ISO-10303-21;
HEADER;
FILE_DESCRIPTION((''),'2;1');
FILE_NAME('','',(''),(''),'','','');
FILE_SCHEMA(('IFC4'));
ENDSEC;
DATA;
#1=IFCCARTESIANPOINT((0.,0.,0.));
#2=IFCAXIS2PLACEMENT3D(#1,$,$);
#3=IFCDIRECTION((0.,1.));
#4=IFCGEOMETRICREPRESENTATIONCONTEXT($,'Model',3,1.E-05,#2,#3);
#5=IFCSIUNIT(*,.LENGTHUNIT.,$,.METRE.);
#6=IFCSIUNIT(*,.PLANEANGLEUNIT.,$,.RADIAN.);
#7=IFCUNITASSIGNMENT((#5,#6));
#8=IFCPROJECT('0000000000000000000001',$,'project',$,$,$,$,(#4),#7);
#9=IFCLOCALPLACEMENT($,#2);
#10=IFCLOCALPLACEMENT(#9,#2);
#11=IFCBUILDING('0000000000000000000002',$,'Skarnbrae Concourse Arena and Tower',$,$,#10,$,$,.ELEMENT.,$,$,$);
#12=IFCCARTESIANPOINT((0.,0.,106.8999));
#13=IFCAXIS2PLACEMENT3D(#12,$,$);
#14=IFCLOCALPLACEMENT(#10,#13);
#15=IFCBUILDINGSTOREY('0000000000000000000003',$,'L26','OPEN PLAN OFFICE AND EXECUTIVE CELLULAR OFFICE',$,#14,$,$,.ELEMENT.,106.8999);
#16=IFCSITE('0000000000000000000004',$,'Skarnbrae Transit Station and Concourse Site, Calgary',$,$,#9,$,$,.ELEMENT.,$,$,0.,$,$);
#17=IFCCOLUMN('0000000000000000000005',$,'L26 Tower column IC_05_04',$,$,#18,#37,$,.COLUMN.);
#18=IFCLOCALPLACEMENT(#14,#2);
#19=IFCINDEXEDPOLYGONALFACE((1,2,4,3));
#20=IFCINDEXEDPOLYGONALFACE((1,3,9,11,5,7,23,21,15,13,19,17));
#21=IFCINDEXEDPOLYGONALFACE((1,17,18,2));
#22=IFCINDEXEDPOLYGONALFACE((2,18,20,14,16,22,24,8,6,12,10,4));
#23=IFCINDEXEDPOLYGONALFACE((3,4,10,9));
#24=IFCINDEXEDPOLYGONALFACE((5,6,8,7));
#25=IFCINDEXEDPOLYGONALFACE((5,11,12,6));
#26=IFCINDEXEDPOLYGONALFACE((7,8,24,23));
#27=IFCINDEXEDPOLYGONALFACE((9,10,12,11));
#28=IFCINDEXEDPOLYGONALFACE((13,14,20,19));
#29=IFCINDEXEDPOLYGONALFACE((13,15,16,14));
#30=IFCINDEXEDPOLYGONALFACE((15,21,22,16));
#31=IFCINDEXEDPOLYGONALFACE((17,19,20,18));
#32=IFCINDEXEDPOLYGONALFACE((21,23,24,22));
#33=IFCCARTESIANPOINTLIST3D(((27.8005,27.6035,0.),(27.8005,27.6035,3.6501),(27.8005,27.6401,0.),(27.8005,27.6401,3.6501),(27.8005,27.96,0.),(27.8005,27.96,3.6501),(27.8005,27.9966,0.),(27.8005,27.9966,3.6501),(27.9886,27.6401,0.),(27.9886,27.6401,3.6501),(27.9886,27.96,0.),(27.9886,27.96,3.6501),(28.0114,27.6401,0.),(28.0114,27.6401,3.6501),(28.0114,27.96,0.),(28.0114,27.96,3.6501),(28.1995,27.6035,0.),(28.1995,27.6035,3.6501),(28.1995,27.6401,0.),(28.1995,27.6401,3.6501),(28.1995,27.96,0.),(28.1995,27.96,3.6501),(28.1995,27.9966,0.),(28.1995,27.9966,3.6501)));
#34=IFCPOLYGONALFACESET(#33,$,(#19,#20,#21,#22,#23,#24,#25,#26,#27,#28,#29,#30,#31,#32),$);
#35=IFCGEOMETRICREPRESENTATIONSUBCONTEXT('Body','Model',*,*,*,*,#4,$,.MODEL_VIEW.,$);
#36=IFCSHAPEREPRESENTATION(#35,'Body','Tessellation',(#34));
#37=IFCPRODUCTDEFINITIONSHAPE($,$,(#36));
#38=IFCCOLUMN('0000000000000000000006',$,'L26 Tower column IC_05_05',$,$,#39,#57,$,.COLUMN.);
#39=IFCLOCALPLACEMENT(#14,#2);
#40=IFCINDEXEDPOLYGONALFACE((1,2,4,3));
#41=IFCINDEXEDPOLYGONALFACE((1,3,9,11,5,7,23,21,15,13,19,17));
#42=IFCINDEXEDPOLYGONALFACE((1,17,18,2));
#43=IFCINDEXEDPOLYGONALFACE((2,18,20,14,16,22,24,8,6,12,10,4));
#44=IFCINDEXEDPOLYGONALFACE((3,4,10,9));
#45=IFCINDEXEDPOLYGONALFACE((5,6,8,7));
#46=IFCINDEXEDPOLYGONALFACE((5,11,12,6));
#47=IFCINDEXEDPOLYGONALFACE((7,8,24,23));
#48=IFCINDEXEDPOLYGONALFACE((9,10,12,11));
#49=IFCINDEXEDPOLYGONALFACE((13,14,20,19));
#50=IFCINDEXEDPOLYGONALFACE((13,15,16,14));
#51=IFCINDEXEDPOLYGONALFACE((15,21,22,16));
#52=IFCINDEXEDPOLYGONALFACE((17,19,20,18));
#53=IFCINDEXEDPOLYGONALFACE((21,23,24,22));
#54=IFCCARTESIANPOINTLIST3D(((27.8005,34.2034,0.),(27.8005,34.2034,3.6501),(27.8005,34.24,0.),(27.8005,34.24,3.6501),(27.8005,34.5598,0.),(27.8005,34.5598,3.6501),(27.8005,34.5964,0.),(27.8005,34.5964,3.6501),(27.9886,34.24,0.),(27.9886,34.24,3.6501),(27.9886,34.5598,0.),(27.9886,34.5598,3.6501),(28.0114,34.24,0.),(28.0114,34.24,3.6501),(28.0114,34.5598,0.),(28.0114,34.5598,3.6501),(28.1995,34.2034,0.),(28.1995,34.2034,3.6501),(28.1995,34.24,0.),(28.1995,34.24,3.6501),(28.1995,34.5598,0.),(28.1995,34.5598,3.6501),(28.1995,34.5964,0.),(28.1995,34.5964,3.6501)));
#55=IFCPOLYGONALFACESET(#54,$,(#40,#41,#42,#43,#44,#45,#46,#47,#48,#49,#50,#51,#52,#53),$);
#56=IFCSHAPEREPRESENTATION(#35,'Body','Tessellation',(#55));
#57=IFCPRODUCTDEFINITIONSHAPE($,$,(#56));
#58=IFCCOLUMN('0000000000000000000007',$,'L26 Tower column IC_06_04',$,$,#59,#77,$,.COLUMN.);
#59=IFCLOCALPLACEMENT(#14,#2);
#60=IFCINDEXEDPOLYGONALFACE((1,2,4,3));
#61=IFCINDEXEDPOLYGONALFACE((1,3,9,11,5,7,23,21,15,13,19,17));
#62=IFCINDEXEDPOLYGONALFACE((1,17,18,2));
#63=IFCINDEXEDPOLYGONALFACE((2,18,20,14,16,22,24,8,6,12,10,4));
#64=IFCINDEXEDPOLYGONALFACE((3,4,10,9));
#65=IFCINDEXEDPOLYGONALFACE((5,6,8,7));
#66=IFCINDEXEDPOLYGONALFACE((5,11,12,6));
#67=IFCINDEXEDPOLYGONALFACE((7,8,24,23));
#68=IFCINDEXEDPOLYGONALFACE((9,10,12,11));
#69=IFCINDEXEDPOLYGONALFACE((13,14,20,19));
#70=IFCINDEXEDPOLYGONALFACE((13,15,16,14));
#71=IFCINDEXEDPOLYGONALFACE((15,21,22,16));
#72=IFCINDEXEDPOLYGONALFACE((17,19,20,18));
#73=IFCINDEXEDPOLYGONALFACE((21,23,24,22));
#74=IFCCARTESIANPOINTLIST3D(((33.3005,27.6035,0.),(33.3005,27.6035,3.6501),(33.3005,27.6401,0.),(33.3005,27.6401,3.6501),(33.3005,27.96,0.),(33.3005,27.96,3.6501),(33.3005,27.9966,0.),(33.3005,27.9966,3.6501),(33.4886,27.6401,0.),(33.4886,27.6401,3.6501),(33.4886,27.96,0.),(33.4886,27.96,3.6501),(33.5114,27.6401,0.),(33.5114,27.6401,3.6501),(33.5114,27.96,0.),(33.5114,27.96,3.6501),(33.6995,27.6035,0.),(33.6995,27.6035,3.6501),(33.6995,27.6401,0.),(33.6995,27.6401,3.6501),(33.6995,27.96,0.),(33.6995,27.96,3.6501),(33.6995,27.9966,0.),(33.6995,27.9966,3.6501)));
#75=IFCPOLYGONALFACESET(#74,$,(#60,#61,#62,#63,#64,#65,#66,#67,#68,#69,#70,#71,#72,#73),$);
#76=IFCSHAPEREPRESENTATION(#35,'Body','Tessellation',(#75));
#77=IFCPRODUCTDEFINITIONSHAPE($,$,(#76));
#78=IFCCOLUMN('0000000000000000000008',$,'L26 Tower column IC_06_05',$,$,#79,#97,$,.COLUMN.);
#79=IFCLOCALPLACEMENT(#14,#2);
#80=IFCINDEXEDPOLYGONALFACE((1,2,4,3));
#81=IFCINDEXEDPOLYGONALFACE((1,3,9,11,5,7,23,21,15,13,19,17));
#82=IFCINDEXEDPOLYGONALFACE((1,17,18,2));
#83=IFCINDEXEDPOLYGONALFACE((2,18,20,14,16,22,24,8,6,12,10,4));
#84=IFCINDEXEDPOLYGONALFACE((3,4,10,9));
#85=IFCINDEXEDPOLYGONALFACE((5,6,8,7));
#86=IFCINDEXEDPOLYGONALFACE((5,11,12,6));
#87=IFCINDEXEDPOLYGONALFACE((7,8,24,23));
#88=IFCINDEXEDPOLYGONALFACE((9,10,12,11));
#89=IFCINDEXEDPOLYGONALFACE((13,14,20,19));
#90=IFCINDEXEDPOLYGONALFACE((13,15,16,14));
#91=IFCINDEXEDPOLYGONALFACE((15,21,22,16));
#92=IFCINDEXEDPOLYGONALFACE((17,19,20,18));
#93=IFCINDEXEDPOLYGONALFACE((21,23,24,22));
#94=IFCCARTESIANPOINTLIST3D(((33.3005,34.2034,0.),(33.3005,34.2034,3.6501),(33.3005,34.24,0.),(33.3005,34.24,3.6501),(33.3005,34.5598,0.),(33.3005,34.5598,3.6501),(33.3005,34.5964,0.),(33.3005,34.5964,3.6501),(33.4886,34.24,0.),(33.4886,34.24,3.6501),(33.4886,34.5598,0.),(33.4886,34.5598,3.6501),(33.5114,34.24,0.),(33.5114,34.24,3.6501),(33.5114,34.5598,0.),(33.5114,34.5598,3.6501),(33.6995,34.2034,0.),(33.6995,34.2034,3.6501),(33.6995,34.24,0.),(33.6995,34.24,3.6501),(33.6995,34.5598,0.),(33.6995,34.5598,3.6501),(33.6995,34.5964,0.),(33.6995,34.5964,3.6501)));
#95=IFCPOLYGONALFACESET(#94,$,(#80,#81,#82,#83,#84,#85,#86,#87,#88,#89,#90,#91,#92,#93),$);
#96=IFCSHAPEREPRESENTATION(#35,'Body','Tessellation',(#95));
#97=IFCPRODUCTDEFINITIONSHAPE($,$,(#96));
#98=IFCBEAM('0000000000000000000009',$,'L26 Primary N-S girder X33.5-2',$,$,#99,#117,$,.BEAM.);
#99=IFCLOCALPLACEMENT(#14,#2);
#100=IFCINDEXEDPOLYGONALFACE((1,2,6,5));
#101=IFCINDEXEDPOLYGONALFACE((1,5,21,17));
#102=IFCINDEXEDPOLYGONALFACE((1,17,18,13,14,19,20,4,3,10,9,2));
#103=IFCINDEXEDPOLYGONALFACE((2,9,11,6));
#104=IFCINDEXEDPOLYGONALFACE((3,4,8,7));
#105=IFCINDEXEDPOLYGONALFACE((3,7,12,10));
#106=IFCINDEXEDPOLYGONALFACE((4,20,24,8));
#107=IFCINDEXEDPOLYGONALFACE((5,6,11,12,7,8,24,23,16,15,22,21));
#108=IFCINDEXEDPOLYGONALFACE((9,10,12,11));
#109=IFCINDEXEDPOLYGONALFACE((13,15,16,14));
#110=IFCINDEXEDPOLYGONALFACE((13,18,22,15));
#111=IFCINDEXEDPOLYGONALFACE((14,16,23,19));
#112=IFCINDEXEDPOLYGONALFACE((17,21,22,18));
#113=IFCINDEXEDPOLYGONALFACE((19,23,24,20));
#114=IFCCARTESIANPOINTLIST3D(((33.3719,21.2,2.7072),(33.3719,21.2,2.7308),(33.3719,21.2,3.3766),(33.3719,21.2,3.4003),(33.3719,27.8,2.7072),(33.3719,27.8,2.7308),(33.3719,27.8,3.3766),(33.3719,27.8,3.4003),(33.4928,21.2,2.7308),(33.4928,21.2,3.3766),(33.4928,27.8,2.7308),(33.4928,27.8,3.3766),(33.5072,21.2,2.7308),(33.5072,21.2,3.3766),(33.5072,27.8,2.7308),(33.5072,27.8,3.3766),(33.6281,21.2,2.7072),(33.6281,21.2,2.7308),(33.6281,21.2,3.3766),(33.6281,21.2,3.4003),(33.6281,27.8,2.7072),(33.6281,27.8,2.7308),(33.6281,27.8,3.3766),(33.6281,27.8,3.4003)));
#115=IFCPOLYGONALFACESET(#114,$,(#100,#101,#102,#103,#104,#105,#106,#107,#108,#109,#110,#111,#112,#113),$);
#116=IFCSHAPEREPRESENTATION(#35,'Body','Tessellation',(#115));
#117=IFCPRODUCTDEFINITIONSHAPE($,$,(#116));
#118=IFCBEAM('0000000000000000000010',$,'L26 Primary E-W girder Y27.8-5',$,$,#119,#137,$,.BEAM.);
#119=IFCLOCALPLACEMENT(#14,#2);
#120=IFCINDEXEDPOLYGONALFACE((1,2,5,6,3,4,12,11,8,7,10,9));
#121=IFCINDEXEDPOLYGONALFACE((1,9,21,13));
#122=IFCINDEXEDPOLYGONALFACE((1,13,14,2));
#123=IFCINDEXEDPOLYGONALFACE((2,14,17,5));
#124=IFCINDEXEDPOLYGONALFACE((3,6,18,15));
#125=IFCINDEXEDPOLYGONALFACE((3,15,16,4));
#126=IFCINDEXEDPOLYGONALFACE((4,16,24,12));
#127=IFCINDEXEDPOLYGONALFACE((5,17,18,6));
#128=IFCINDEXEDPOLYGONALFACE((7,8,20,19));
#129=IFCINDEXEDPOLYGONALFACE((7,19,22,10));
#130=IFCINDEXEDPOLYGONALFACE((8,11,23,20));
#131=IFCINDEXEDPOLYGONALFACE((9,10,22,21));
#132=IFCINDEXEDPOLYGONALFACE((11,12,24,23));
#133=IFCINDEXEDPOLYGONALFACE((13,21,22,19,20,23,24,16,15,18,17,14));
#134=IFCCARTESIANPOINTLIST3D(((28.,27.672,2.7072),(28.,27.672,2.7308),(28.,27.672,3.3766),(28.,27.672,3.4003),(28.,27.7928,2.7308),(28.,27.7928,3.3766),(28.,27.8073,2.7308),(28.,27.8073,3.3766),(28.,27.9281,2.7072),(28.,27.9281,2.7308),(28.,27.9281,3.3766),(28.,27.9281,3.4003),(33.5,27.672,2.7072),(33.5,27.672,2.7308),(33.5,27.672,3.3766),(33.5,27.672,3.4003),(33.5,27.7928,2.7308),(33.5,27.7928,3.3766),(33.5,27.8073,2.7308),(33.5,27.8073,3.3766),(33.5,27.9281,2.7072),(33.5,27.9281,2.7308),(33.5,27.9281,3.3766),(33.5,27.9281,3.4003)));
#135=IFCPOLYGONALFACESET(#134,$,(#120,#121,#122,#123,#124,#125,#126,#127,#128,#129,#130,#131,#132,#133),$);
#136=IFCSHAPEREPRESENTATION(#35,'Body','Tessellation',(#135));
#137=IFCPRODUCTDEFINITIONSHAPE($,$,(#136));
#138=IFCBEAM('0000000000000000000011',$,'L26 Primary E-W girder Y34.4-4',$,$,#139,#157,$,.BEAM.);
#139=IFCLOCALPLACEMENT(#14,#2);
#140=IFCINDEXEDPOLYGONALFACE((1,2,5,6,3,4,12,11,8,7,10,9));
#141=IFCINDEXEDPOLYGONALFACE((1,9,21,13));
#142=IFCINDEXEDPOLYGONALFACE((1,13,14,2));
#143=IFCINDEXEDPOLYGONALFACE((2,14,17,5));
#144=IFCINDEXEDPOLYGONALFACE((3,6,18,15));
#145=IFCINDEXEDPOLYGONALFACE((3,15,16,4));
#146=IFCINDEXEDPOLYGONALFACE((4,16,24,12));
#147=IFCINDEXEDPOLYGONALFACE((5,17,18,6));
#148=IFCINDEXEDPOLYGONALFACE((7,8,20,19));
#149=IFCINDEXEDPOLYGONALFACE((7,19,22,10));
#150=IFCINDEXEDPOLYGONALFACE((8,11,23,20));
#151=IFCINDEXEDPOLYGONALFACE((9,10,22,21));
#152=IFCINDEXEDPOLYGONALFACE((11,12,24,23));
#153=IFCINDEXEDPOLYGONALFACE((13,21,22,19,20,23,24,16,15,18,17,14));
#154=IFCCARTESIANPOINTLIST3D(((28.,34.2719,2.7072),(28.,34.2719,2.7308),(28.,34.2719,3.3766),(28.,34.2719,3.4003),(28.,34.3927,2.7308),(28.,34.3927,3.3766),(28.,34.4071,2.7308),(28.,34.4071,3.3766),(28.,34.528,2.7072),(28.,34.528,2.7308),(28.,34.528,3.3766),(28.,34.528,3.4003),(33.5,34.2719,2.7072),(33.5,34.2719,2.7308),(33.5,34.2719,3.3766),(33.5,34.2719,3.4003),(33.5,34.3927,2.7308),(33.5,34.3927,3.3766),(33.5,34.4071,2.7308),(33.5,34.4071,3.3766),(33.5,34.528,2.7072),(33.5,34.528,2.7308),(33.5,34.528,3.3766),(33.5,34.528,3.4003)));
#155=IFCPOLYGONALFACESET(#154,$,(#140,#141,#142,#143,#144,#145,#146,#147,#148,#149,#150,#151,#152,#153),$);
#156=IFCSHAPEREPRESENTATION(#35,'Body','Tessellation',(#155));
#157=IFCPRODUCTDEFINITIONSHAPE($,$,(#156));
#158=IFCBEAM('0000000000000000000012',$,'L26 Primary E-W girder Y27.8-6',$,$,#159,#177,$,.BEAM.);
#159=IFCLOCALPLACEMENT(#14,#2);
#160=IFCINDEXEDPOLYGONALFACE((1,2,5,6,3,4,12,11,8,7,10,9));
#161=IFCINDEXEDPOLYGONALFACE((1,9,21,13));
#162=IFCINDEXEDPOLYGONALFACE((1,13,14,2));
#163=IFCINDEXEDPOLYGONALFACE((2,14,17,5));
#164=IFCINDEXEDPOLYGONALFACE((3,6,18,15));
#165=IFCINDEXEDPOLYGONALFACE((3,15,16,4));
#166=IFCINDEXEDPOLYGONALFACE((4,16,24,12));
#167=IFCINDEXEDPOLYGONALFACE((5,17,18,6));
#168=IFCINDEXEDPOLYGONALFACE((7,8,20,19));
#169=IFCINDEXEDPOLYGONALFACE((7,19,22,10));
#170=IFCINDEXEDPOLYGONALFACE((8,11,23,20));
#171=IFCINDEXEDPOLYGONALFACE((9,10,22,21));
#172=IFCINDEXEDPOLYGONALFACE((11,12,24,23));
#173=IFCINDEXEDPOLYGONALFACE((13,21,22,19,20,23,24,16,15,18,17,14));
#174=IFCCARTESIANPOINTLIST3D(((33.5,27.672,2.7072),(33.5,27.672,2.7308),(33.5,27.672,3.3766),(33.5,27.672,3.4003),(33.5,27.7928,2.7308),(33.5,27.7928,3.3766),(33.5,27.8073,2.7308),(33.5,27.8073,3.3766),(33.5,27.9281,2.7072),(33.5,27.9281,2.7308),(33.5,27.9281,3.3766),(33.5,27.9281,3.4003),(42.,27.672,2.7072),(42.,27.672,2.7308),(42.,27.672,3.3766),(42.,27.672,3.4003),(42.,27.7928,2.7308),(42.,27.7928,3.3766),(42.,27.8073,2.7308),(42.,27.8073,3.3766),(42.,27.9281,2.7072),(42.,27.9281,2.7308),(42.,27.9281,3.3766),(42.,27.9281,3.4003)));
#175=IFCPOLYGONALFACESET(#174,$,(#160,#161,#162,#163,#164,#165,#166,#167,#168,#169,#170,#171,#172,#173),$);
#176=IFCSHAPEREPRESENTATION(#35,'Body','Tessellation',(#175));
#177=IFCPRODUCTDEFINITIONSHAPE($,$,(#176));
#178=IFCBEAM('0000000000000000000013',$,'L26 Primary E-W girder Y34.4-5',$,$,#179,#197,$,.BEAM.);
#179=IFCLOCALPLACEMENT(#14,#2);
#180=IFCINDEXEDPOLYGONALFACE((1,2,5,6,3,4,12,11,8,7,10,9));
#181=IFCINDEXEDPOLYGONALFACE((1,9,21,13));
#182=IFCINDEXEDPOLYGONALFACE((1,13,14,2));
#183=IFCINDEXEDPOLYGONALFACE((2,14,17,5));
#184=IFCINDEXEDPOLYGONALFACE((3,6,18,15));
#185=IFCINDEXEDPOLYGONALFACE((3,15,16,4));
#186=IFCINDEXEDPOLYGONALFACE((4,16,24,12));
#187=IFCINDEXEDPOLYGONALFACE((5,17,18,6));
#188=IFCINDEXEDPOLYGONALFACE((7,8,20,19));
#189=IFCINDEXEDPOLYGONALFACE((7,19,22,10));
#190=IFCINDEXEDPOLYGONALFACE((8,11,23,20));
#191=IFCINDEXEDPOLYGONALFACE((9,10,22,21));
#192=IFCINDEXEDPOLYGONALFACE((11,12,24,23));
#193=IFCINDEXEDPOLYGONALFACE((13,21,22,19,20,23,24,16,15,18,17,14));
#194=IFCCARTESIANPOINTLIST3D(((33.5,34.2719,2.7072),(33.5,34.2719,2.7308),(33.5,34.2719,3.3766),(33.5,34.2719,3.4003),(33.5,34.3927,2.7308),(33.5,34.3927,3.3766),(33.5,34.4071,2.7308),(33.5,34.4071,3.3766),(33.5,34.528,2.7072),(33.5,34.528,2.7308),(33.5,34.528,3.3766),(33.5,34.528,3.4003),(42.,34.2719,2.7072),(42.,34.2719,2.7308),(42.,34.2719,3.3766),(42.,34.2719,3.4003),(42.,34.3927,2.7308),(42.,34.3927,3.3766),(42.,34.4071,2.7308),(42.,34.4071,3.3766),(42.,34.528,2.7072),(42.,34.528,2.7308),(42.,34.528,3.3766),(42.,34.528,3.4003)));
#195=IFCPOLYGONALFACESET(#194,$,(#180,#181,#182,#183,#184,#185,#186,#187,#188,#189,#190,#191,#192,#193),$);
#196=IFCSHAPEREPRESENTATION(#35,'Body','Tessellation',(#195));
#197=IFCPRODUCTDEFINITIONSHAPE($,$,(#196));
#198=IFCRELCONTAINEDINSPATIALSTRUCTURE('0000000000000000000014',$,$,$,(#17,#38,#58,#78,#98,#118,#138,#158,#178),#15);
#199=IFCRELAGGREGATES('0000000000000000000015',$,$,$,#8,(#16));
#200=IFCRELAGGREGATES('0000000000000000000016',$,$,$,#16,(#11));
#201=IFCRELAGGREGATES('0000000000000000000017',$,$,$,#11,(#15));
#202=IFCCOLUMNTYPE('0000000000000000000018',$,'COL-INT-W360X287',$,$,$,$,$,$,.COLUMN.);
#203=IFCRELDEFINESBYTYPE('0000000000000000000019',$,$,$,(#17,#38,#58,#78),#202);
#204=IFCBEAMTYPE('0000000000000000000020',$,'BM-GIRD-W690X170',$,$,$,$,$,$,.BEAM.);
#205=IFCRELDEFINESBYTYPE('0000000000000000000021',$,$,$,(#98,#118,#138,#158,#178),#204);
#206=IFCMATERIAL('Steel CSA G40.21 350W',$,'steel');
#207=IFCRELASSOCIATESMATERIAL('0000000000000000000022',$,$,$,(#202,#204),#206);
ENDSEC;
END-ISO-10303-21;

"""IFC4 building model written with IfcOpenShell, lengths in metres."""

from ifc_helpers import new_model, si_unit, direction, frame, origin, origin_2d, place, context, subcontext, project, spatial, i_section, extrude, source, transform, mapped, material, material_profile, profile_set, type_object, element, save


model = new_model("IFC4")

# Units and contexts
model_context = context("Model", 3, precision=1e-05, world=origin(), true_north=direction((0.0, 1.0)))
body_context = subcontext(model_context, "Body", "Model", "MODEL_VIEW")
ifc_project = project(units=[si_unit("LENGTHUNIT", "METRE"), si_unit("PLANEANGLEUNIT", "RADIAN")], contexts=[model_context])

# Site, building, storey
site_placement = place(None, origin())
site = spatial("IfcSite", under=ifc_project, at=site_placement, Name="Skarnbrae Transit Station and Concourse Site, Calgary", CompositionType="ELEMENT", RefElevation=0.0)
building_placement = place(site_placement, origin())
building = spatial("IfcBuilding", under=site, at=building_placement, Name="Skarnbrae Concourse Arena and Tower", CompositionType="ELEMENT")
storey_placement = place(building_placement, frame((0.0, 0.0, 106.8999)))
storey = spatial("IfcBuildingStorey", under=building, at=storey_placement, Name="L26", Description="OPEN PLAN OFFICE AND EXECUTIVE CELLULAR OFFICE", CompositionType="ELEMENT", Elevation=106.8999)

# Columns
ifc_material_1 = material(Name="Steel CSA G40.21 350W", Category="steel")
ifc_material_profile_1 = material_profile(ifc_material_1, i_section(OverallWidth=0.3989, OverallDepth=0.3931, WebThickness=0.0227, FlangeThickness=0.0366, at=origin_2d()), Name="W360X287")
ifc_profile_set_1 = profile_set([ifc_material_profile_1], Name="Steel CSA G40.21 350W")
column_type = type_object("IfcColumnType", Name="COL-INT-W360X287", PredefinedType="COLUMN", material=ifc_profile_set_1)
shared_shape_1 = source(origin(), body_context, "Body", "SweptSolid", [
    extrude(i_section(OverallWidth=0.3989, OverallDepth=0.3931, WebThickness=0.0227, FlangeThickness=0.0366, at=origin_2d()), origin(), (0.0, 0.0, 1.0), 3.6501),
])
for number, where, z_axis, x_axis, name in (
    (1, (28.0, 27.8, 0.0), (0.0, 0.0, 1.0), (1.0, 0.0, 0.0), "L26 Tower column IC_05_04"),
    (2, (28.0, 34.3999, 0.0), (0.0, 0.0, 1.0), (1.0, 0.0, 0.0), "L26 Tower column IC_05_05"),
    (3, (33.5, 27.8, 0.0), (0.0, 0.0, 1.0), (1.0, 0.0, 0.0), "L26 Tower column IC_06_04"),
    (4, (33.5, 34.3999, 0.0), (0.0, 0.0, 1.0), (1.0, 0.0, 0.0), "L26 Tower column IC_06_05"),
):
    element("IfcColumn", number, at=place(storey_placement, frame(where, z_axis=z_axis, x_axis=x_axis)), inside=storey, type_object=column_type, Name=name, PredefinedType="COLUMN", context=body_context, shape_type="MappedRepresentation", body=[
        mapped(shared_shape_1, transform((0.0, 0.0, 0.0))),
    ])

# Beams
ifc_material_profile_2 = material_profile(ifc_material_1, i_section(OverallWidth=0.2561, OverallDepth=0.6931, WebThickness=0.0144, FlangeThickness=0.0237, at=origin_2d()), Name="W690X170")
ifc_profile_set_2 = profile_set([ifc_material_profile_2], Name="Steel CSA G40.21 350W")
beam_type_1 = type_object("IfcBeamType", Name="BM-GIRD-W690X170", PredefinedType="BEAM", material=ifc_profile_set_2)
shared_shape_2 = source(origin(), body_context, "Body", "SweptSolid", [
    extrude(i_section(OverallWidth=0.2561, OverallDepth=0.6931, WebThickness=0.0144, FlangeThickness=0.0237, at=origin_2d()), origin(), (0.0, 0.0, 1.0), 6.6001),
])
beam_1_placement = place(storey_placement, frame((33.5, 21.2, 3.0537), z_axis=(0.0, 1.0, 0.0), x_axis=(-1.0, 0.0, 0.0)))
element("IfcBeam", 5, at=beam_1_placement, inside=storey, type_object=beam_type_1, Name="L26 Primary N-S girder X33.5-2", PredefinedType="BEAM", context=body_context, shape_type="MappedRepresentation", body=[
    mapped(shared_shape_2, transform((0.0, 0.0, 0.0))),
])
shared_shape_3 = source(origin(), body_context, "Body", "SweptSolid", [
    extrude(i_section(OverallWidth=0.2561, OverallDepth=0.6931, WebThickness=0.0144, FlangeThickness=0.0237, at=origin_2d()), origin(), (0.0, 0.0, 1.0), 5.5),
])
for number, where, z_axis, x_axis, name in (
    (6, (28.0, 27.8, 3.0537), (1.0, 0.0, 0.0), (0.0, 1.0, 0.0), "L26 Primary E-W girder Y27.8-5"),
    (7, (28.0, 34.3999, 3.0537), (1.0, 0.0, 0.0), (0.0, 1.0, 0.0), "L26 Primary E-W girder Y34.4-4"),
):
    element("IfcBeam", number, at=place(storey_placement, frame(where, z_axis=z_axis, x_axis=x_axis)), inside=storey, type_object=beam_type_1, Name=name, PredefinedType="BEAM", context=body_context, shape_type="MappedRepresentation", body=[
        mapped(shared_shape_3, transform((0.0, 0.0, 0.0))),
    ])
shared_shape_4 = source(origin(), body_context, "Body", "SweptSolid", [
    extrude(i_section(OverallWidth=0.2561, OverallDepth=0.6931, WebThickness=0.0144, FlangeThickness=0.0237, at=origin_2d()), origin(), (0.0, 0.0, 1.0), 8.5),
])
for number, where, z_axis, x_axis, name in (
    (8, (33.5, 27.8, 3.0537), (1.0, 0.0, 0.0), (0.0, 1.0, 0.0), "L26 Primary E-W girder Y27.8-6"),
    (9, (33.5, 34.3999, 3.0537), (1.0, 0.0, 0.0), (0.0, 1.0, 0.0), "L26 Primary E-W girder Y34.4-5"),
):
    element("IfcBeam", number, at=place(storey_placement, frame(where, z_axis=z_axis, x_axis=x_axis)), inside=storey, type_object=beam_type_1, Name=name, PredefinedType="BEAM", context=body_context, shape_type="MappedRepresentation", body=[
        mapped(shared_shape_4, transform((0.0, 0.0, 0.0))),
    ])

save(model, "model.ifc")
